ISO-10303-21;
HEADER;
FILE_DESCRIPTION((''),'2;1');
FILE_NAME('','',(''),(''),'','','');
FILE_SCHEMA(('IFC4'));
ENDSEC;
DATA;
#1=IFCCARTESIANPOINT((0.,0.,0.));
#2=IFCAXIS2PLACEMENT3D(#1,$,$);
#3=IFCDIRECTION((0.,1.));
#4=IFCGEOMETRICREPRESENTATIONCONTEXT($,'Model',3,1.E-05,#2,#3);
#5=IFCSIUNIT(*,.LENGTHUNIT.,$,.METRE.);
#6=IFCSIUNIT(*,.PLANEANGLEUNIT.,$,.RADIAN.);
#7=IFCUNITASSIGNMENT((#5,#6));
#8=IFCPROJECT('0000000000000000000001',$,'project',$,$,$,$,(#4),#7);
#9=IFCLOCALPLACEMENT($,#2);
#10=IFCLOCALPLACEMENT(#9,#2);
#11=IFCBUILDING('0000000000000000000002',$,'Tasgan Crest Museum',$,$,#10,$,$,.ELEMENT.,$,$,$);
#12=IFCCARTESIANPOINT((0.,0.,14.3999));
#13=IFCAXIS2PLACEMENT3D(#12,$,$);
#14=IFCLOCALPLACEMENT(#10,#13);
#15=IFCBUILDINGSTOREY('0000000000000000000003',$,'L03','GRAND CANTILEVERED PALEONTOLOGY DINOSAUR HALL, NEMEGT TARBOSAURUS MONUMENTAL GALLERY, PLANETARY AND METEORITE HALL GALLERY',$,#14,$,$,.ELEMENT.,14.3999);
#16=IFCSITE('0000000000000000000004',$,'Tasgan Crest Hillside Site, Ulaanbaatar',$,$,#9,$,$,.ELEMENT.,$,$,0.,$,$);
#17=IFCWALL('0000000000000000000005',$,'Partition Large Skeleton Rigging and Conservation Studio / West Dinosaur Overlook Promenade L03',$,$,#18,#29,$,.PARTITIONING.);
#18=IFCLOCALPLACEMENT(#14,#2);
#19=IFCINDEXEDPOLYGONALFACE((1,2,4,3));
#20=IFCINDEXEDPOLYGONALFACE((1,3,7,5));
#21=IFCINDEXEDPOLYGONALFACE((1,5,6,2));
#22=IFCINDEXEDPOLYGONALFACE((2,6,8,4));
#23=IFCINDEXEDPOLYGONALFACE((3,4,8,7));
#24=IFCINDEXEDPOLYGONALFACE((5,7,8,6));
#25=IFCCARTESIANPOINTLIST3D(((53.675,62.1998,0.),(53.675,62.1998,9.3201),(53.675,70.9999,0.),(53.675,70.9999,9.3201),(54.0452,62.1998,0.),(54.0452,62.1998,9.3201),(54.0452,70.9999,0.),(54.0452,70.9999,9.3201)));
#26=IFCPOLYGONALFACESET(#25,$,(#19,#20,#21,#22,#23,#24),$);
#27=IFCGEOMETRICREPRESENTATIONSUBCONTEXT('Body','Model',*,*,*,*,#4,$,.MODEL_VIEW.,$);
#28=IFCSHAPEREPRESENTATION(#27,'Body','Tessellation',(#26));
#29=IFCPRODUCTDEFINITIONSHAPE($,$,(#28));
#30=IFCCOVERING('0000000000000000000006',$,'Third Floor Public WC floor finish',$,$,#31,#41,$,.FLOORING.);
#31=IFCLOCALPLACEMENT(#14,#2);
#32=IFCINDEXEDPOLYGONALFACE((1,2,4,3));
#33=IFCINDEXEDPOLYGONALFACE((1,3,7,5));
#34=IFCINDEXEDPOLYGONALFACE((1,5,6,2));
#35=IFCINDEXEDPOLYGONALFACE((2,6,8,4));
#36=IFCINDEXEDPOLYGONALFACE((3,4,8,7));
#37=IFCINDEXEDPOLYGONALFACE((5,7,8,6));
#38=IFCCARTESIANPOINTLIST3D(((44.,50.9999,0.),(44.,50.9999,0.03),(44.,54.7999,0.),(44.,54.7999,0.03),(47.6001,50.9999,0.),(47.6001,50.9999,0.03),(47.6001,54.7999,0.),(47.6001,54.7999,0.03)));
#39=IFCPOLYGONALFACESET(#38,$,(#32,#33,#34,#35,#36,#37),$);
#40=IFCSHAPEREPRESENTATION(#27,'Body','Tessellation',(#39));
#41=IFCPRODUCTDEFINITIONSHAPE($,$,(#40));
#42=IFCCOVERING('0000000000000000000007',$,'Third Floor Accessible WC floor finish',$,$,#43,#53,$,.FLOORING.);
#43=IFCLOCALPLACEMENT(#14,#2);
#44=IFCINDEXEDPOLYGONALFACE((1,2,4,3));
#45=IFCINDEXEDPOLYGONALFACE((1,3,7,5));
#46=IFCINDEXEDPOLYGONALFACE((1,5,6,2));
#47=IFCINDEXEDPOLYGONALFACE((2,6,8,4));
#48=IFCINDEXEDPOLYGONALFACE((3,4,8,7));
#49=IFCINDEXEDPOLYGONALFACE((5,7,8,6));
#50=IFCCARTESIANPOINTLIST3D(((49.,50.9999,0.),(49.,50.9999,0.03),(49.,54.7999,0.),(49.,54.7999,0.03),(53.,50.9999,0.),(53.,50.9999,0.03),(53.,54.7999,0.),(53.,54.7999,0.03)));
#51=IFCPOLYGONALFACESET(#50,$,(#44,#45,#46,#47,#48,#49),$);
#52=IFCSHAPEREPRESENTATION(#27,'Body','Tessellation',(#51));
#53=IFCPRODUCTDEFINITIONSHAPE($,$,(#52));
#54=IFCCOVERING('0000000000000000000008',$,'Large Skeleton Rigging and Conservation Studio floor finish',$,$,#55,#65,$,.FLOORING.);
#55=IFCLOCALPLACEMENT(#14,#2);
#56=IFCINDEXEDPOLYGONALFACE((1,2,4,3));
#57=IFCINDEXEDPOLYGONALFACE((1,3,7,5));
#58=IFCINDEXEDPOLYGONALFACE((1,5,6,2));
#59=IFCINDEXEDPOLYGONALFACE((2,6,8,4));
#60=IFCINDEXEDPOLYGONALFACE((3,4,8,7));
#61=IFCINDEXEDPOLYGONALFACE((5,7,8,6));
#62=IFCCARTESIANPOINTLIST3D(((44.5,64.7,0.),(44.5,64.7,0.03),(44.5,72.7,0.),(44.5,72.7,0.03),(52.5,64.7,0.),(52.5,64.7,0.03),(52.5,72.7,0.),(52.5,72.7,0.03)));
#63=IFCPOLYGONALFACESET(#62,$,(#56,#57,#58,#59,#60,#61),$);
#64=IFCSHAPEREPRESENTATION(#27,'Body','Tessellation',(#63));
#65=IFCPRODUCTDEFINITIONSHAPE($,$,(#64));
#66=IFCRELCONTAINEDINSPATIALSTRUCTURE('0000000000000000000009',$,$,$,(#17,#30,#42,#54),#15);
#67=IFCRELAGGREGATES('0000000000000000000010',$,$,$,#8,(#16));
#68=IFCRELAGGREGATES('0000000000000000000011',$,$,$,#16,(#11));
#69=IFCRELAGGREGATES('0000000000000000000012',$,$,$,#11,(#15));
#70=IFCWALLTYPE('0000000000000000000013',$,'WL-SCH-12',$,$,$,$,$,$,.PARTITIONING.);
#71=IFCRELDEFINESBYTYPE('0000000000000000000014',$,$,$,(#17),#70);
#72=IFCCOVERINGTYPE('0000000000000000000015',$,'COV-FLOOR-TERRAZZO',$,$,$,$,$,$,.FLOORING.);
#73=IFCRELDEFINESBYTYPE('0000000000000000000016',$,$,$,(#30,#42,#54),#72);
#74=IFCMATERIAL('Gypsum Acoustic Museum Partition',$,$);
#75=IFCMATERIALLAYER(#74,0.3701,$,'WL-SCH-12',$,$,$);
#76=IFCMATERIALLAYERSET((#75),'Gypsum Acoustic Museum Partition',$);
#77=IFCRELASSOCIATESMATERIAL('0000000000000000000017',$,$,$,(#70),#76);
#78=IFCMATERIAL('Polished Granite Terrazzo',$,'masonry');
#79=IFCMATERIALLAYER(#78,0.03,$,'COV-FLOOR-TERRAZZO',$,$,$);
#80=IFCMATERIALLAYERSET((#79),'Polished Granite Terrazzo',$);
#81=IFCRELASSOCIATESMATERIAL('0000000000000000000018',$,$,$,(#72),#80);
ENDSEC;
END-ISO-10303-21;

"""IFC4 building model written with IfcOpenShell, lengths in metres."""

from ifc_helpers import new_model, si_unit, direction, frame, frame_2d, origin, origin_2d, place, context, subcontext, project, spatial, rectangle, extrude, material, layer, layer_set, type_object, element, save


model = new_model("IFC4")

# Units and contexts
model_context = context("Model", 3, precision=1e-05, world=origin(), true_north=direction((0.0, 1.0)))
body_context = subcontext(model_context, "Body", "Model", "MODEL_VIEW")
ifc_project = project(units=[si_unit("LENGTHUNIT", "METRE"), si_unit("PLANEANGLEUNIT", "RADIAN")], contexts=[model_context])

# Site, building, storey
site_placement = place(None, origin())
site = spatial("IfcSite", under=ifc_project, at=site_placement, Name="Tasgan Crest Hillside Site, Ulaanbaatar", CompositionType="ELEMENT", RefElevation=0.0)
building_placement = place(site_placement, origin())
building = spatial("IfcBuilding", under=site, at=building_placement, Name="Tasgan Crest Museum", CompositionType="ELEMENT")
storey_placement = place(building_placement, frame((0.0, 0.0, 14.3999)))
storey = spatial("IfcBuildingStorey", under=building, at=storey_placement, Name="L03", Description="GRAND CANTILEVERED PALEONTOLOGY DINOSAUR HALL, NEMEGT TARBOSAURUS MONUMENTAL GALLERY, PLANETARY AND METEORITE HALL GALLERY", CompositionType="ELEMENT", Elevation=14.3999)

# Wall
ifc_material_1 = material(Name="Gypsum Acoustic Museum Partition")
ifc_layer_1 = layer(ifc_material_1, 0.3701, Name="WL-SCH-12")
ifc_layer_set_1 = layer_set([ifc_layer_1], Name="Gypsum Acoustic Museum Partition")
wall_type_1 = type_object("IfcWallType", Name="WL-SCH-12", PredefinedType="PARTITIONING", material=ifc_layer_set_1)
wall_1_placement = place(storey_placement, frame((53.8601, 62.2, 0.0), z_axis=(0.0, 0.0, 1.0), x_axis=(0.0, 1.0, 0.0)))
element("IfcWall", 1, at=wall_1_placement, inside=storey, type_object=wall_type_1, Name="Partition Large Skeleton Rigging and Conservation Studio / West Dinosaur Overlook Promenade L03", PredefinedType="PARTITIONING", context=body_context, shape_type="SweptSolid", body=[
    extrude(rectangle(XDim=8.8, YDim=0.3701, at=frame_2d((4.3999, 0.0))), origin(), (0.0, 0.0, 1.0), 9.3201),
])

# Coverings
ifc_material_2 = material(Name="Polished Granite Terrazzo", Category="masonry")
ifc_layer_2 = layer(ifc_material_2, 0.03, Name="COV-FLOOR-TERRAZZO")
ifc_layer_set_2 = layer_set([ifc_layer_2], Name="Polished Granite Terrazzo")
covering_type = type_object("IfcCoveringType", Name="COV-FLOOR-TERRAZZO", PredefinedType="FLOORING", material=ifc_layer_set_2)
covering_1_placement = place(storey_placement, frame((45.8, 52.8999, 0.0), z_axis=(0.0, 0.0, 1.0), x_axis=(1.0, 0.0, 0.0)))
element("IfcCovering", 2, at=covering_1_placement, inside=storey, type_object=covering_type, Name="Third Floor Public WC floor finish", PredefinedType="FLOORING", context=body_context, shape_type="SweptSolid", body=[
    extrude(rectangle(XDim=3.6001, YDim=3.8, at=origin_2d()), origin(), (0.0, 0.0, 1.0), 0.03),
])
covering_2_placement = place(storey_placement, frame((51.0, 52.8999, 0.0), z_axis=(0.0, 0.0, 1.0), x_axis=(1.0, 0.0, 0.0)))
element("IfcCovering", 3, at=covering_2_placement, inside=storey, type_object=covering_type, Name="Third Floor Accessible WC floor finish", PredefinedType="FLOORING", context=body_context, shape_type="SweptSolid", body=[
    extrude(rectangle(XDim=4.0, YDim=3.8, at=origin_2d()), origin(), (0.0, 0.0, 1.0), 0.03),
])
covering_3_placement = place(storey_placement, frame((48.5, 68.7, 0.0), z_axis=(0.0, 0.0, 1.0), x_axis=(1.0, 0.0, 0.0)))
element("IfcCovering", 4, at=covering_3_placement, inside=storey, type_object=covering_type, Name="Large Skeleton Rigging and Conservation Studio floor finish", PredefinedType="FLOORING", context=body_context, shape_type="SweptSolid", body=[
    extrude(rectangle(XDim=8.0, YDim=8.0, at=origin_2d()), origin(), (0.0, 0.0, 1.0), 0.03),
])

save(model, "model.ifc")
